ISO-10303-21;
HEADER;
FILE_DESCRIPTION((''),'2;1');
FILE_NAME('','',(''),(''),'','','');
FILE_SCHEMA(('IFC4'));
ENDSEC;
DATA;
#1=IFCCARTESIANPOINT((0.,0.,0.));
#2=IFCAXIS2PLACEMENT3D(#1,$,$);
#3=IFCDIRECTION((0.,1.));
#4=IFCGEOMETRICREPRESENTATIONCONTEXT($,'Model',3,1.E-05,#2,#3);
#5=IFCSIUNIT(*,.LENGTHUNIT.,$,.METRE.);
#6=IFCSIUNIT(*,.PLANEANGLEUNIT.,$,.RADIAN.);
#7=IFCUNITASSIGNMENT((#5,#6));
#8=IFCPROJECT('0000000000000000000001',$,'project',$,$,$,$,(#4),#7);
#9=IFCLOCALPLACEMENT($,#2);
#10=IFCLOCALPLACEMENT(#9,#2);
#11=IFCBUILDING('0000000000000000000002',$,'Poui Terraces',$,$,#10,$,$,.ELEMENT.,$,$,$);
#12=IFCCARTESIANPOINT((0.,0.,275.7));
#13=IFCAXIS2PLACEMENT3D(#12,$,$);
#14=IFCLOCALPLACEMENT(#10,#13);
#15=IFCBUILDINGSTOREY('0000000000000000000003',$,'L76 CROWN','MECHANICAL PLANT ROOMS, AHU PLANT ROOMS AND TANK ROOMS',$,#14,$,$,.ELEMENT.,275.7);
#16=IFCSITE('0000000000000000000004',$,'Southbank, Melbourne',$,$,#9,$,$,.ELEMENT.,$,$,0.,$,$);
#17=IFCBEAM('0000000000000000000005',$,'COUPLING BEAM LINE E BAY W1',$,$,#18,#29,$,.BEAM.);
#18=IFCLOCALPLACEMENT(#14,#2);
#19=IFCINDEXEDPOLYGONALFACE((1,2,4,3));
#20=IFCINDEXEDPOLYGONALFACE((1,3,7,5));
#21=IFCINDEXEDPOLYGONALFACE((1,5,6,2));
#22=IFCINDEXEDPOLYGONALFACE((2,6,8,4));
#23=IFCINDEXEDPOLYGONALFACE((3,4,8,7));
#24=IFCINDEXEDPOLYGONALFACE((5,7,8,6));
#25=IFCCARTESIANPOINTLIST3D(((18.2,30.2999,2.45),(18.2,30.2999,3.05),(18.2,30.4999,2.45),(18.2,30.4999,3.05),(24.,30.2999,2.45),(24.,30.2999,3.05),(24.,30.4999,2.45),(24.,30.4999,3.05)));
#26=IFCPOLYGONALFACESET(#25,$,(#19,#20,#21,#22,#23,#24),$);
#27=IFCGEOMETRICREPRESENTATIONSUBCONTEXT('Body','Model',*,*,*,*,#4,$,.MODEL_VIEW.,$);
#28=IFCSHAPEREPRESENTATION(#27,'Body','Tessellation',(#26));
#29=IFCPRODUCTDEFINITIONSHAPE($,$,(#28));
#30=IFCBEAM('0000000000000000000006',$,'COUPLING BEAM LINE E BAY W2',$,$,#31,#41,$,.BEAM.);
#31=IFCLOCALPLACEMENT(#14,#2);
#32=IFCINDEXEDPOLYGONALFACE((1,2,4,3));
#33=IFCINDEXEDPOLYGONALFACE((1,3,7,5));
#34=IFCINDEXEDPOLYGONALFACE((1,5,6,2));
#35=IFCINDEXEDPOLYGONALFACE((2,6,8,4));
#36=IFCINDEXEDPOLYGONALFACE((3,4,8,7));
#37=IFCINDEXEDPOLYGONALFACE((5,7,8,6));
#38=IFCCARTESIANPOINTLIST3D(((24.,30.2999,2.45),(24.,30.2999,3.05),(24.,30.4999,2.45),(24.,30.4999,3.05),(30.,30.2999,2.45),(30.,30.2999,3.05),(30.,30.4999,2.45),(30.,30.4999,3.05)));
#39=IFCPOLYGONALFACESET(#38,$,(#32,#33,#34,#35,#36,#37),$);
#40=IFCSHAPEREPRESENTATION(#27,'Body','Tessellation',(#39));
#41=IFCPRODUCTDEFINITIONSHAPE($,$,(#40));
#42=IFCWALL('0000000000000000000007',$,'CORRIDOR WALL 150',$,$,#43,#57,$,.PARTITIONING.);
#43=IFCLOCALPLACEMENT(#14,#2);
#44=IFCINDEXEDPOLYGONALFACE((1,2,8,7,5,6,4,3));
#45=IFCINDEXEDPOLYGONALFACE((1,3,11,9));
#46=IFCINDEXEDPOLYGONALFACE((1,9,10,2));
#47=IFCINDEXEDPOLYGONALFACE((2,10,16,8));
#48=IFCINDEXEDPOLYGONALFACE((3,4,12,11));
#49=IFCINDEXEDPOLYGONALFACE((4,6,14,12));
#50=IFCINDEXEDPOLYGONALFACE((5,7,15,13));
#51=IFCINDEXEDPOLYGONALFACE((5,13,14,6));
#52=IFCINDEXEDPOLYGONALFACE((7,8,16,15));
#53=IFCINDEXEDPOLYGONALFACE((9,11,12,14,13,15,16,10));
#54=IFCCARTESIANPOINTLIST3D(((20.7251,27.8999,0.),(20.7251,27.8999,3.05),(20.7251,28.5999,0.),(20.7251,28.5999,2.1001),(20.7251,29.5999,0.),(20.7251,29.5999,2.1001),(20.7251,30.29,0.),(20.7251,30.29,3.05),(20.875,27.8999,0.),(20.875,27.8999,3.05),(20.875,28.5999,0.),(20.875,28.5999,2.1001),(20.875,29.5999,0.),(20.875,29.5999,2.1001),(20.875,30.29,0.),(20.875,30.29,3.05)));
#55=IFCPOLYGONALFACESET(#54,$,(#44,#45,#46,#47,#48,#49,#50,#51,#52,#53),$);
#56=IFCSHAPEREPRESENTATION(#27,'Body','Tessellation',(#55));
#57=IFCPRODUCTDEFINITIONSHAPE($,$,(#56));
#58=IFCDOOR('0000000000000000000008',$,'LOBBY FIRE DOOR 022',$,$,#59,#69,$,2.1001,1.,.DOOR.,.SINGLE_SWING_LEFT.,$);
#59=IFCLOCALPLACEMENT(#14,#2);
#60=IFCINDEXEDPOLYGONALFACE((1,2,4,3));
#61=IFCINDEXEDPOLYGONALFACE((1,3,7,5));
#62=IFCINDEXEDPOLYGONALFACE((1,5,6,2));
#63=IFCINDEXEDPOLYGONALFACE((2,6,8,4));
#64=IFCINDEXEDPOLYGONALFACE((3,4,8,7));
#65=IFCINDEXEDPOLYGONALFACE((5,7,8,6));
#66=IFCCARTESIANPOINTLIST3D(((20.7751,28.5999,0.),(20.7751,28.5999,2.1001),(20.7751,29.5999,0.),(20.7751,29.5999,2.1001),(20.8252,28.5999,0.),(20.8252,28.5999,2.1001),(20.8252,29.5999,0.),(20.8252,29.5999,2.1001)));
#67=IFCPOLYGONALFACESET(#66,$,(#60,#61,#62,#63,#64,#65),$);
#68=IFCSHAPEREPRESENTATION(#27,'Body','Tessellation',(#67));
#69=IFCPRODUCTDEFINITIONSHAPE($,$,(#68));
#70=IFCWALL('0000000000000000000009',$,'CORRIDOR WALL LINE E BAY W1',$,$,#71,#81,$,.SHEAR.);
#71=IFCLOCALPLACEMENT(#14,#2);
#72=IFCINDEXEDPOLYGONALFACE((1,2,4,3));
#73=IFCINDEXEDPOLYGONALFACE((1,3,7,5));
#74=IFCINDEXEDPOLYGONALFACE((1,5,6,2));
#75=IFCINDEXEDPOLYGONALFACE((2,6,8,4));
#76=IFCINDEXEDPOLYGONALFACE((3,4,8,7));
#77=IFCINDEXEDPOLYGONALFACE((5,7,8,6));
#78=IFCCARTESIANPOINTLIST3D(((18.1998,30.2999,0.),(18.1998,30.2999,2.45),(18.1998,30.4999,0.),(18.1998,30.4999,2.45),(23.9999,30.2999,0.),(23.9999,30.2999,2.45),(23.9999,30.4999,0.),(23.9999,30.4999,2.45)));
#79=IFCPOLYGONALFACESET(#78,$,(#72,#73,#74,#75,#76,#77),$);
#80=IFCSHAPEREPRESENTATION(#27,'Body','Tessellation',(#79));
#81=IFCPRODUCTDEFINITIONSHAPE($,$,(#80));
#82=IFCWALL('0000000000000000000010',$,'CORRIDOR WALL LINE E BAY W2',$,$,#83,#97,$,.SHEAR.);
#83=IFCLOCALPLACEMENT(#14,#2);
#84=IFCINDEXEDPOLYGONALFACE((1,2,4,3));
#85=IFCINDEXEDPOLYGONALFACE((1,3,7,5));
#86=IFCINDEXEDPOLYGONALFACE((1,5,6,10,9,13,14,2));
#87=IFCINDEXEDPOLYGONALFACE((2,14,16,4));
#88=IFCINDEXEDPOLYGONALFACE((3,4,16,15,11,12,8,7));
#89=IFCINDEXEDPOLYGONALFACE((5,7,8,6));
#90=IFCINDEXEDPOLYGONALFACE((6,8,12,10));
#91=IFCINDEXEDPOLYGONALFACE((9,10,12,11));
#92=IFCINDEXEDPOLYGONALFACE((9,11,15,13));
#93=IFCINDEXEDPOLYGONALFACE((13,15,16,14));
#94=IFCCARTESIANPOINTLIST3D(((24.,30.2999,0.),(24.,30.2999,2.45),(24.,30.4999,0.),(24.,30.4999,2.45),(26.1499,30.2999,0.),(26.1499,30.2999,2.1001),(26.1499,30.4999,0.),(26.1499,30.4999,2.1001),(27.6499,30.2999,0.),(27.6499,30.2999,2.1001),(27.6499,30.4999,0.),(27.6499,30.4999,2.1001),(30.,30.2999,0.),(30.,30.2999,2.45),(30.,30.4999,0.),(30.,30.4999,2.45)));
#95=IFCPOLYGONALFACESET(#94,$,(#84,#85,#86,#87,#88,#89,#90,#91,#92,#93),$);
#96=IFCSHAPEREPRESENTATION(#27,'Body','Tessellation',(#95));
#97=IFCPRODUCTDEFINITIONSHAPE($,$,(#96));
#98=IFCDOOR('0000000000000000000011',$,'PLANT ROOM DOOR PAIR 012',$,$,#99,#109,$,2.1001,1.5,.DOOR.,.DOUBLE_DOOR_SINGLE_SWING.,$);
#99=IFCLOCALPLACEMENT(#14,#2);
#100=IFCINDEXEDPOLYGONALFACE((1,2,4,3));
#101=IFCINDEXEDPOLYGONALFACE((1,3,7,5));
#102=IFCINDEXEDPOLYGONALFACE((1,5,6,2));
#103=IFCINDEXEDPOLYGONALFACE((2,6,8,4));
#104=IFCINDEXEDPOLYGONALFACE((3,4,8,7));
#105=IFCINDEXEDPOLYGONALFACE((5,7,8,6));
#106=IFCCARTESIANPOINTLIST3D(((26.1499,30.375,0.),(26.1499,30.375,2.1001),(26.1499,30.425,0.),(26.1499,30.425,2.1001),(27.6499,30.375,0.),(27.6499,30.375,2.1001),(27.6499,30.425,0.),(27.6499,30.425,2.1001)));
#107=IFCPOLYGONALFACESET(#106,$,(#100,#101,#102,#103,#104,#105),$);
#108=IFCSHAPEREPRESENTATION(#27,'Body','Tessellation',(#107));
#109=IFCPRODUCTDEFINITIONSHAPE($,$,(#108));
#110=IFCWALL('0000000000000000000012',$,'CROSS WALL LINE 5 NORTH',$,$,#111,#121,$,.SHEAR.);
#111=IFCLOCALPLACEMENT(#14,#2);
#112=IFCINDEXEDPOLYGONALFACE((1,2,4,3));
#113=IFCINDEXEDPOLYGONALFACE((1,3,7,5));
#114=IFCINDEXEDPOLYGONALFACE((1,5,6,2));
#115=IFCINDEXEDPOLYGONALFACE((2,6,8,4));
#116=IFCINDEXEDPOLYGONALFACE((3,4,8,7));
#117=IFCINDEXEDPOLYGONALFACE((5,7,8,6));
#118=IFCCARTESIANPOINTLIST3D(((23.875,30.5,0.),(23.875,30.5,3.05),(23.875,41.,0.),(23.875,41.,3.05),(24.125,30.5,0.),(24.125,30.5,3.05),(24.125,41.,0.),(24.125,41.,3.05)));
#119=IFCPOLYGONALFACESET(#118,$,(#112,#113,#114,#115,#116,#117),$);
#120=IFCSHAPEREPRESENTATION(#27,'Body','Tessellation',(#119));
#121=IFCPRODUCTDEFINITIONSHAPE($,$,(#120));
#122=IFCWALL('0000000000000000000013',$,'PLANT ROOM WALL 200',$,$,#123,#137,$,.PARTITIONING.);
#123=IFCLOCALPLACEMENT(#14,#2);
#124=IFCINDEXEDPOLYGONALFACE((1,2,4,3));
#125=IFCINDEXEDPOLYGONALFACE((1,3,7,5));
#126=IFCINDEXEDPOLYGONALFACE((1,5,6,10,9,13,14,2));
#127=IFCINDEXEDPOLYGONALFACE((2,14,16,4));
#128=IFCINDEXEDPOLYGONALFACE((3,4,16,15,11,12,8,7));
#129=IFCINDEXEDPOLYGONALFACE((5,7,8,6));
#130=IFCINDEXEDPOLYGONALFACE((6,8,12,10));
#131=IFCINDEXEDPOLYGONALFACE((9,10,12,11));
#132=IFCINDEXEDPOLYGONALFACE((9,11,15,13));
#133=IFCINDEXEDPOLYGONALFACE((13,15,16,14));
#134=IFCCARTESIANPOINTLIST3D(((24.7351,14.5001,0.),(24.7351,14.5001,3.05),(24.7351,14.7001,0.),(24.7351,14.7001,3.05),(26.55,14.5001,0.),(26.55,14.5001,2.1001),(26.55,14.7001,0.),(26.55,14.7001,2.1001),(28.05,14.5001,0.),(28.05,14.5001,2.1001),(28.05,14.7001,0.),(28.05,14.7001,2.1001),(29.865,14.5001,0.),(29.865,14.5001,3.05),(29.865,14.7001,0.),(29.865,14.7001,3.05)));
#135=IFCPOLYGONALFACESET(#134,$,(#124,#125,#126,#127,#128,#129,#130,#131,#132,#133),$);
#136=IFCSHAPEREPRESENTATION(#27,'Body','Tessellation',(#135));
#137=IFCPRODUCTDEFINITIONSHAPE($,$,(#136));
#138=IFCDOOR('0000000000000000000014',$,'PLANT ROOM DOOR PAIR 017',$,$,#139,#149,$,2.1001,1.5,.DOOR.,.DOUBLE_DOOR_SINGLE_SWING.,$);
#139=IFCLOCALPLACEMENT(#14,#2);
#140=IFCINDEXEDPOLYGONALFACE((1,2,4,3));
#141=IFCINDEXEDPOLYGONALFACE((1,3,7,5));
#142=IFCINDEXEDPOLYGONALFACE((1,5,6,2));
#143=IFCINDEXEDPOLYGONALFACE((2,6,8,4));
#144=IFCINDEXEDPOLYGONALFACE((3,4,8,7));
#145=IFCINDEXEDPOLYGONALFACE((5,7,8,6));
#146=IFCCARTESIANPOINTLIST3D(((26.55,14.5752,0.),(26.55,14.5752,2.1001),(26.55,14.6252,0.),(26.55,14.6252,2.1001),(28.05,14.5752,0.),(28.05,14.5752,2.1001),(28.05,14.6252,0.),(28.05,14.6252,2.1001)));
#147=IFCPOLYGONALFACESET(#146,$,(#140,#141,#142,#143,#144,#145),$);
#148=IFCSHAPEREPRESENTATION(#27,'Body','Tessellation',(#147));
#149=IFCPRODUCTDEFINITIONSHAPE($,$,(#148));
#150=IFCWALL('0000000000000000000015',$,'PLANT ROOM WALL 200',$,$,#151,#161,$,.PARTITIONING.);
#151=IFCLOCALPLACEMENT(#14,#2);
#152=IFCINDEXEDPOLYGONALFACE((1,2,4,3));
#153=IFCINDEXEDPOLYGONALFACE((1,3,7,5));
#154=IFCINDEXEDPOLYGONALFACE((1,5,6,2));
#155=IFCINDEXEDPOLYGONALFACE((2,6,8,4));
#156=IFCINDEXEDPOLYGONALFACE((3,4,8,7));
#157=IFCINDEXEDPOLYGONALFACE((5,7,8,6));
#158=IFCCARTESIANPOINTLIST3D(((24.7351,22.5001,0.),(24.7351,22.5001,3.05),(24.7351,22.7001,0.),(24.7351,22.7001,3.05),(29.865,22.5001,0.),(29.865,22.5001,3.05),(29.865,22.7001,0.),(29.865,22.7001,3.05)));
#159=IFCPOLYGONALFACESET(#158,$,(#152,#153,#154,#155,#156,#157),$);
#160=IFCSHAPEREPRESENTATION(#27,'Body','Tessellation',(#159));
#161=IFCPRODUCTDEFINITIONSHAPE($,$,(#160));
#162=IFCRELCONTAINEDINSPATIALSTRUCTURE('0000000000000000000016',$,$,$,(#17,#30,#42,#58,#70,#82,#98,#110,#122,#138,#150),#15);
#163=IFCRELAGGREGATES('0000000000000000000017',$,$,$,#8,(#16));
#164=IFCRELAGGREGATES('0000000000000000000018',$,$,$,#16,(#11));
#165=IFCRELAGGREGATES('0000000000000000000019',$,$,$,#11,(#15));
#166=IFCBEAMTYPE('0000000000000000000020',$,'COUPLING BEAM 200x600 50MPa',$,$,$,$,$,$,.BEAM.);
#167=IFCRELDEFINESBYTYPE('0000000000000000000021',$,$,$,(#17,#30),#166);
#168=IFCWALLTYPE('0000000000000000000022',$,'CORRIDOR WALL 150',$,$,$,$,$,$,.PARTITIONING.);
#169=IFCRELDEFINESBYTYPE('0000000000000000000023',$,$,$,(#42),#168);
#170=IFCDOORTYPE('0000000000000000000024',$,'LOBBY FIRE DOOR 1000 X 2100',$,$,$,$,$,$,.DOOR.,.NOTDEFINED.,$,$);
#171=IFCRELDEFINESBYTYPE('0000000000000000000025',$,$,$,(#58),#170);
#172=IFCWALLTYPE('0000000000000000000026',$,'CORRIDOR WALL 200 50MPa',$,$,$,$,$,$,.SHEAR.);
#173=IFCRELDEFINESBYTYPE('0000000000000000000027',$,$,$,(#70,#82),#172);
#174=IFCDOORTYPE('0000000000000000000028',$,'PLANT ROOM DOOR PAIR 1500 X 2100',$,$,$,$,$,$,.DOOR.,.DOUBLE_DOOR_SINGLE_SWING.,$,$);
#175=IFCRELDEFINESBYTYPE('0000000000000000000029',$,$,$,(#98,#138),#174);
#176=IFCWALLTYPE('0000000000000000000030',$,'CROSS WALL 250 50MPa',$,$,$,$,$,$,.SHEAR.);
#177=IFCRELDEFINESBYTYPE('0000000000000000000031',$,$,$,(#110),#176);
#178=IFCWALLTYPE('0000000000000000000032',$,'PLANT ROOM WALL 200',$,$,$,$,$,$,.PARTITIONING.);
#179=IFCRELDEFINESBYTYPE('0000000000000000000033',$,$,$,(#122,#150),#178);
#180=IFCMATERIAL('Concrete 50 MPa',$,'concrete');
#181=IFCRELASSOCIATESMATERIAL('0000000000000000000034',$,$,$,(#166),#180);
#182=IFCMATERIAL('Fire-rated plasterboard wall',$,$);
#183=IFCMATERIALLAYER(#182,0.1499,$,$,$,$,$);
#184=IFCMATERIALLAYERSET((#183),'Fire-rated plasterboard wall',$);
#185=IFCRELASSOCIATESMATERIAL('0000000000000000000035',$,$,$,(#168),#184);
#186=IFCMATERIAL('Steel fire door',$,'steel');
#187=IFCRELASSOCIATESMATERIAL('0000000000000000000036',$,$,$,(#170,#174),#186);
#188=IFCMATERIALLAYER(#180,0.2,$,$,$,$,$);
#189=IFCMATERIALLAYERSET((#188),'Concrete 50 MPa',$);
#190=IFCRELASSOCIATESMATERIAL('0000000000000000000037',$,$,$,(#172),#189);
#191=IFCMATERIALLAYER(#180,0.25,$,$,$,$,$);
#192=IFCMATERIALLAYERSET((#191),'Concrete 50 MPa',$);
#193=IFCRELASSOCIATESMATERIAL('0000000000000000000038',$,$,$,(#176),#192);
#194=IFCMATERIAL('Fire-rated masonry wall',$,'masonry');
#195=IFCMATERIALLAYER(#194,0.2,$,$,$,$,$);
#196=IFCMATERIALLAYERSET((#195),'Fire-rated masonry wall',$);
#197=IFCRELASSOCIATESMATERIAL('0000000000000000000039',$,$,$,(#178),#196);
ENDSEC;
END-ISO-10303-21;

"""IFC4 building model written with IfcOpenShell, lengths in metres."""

from ifc_helpers import new_model, si_unit, direction, frame, frame_2d, origin, origin_2d, place, context, subcontext, project, spatial, rectangle, extrude, source, transform, mapped, material, layer, layer_set, material_profile, profile_set, type_object, element, fill, save


model = new_model("IFC4")

# Units and contexts
model_context = context("Model", 3, precision=1e-05, world=origin(), true_north=direction((0.0, 1.0)))
body_context = subcontext(model_context, "Body", "Model", "MODEL_VIEW")
ifc_project = project(units=[si_unit("LENGTHUNIT", "METRE"), si_unit("PLANEANGLEUNIT", "RADIAN")], contexts=[model_context])

# Site, building, storey
site_placement = place(None, origin())
site = spatial("IfcSite", under=ifc_project, at=site_placement, Name="Southbank, Melbourne", CompositionType="ELEMENT", RefElevation=0.0)
building_placement = place(site_placement, origin())
building = spatial("IfcBuilding", under=site, at=building_placement, Name="Poui Terraces", CompositionType="ELEMENT")
storey_placement = place(building_placement, frame((0.0, 0.0, 275.7)))
storey = spatial("IfcBuildingStorey", under=building, at=storey_placement, Name="L76 CROWN", Description="MECHANICAL PLANT ROOMS, AHU PLANT ROOMS AND TANK ROOMS", CompositionType="ELEMENT", Elevation=275.7)

# Beams
ifc_material_1 = material(Name="Concrete 50 MPa", Category="concrete")
ifc_material_profile_1 = material_profile(ifc_material_1, rectangle(XDim=0.2, YDim=0.6001, at=origin_2d()), Name="RC 200x600")
ifc_profile_set_1 = profile_set([ifc_material_profile_1], Name="Concrete 50 MPa")
beam_type = type_object("IfcBeamType", Name="COUPLING BEAM 200x600 50MPa", PredefinedType="BEAM", material=ifc_profile_set_1)
shared_shape_1 = source(origin(), body_context, "Body", "SweptSolid", [
    extrude(rectangle(XDim=0.2, YDim=0.6001, at=origin_2d()), origin(), (0.0, 0.0, 1.0), 5.8),
])
beam_1_placement = place(storey_placement, frame((18.2, 30.3999, 2.75), z_axis=(1.0, 0.0, 0.0), x_axis=(0.0, 1.0, 0.0)))
element("IfcBeam", 1, at=beam_1_placement, inside=storey, type_object=beam_type, Name="COUPLING BEAM LINE E BAY W1", PredefinedType="BEAM", context=body_context, shape_type="MappedRepresentation", body=[
    mapped(shared_shape_1, transform((0.0, 0.0, 0.0))),
])
shared_shape_2 = source(origin(), body_context, "Body", "SweptSolid", [
    extrude(rectangle(XDim=0.2, YDim=0.6001, at=origin_2d()), origin(), (0.0, 0.0, 1.0), 6.0),
])
beam_2_placement = place(storey_placement, frame((24.0, 30.3999, 2.75), z_axis=(1.0, 0.0, 0.0), x_axis=(0.0, 1.0, 0.0)))
element("IfcBeam", 2, at=beam_2_placement, inside=storey, type_object=beam_type, Name="COUPLING BEAM LINE E BAY W2", PredefinedType="BEAM", context=body_context, shape_type="MappedRepresentation", body=[
    mapped(shared_shape_2, transform((0.0, 0.0, 0.0))),
])

# Wall, opening, door
ifc_material_2 = material(Name="Fire-rated plasterboard wall")
ifc_layer_1 = layer(ifc_material_2, 0.1499)
ifc_layer_set_1 = layer_set([ifc_layer_1], Name="Fire-rated plasterboard wall")
wall_type_1 = type_object("IfcWallType", Name="CORRIDOR WALL 150", PredefinedType="PARTITIONING", material=ifc_layer_set_1)
wall_1_placement = place(storey_placement, frame((20.8, 27.8999, 0.0), z_axis=(0.0, 0.0, 1.0), x_axis=(0.0, 1.0, 0.0)))
wall_1 = element("IfcWall", 3, at=wall_1_placement, inside=storey, type_object=wall_type_1, Name="CORRIDOR WALL 150", PredefinedType="PARTITIONING", context=body_context, shape_type="SweptSolid", body=[
    extrude(rectangle(XDim=2.3901, YDim=0.1499, at=frame_2d((1.1951, 0.0))), origin(), (0.0, 0.0, 1.0), 3.05),
])
opening_1_placement = place(wall_1_placement, frame((0.7, 0.0, 0.0)))
opening_1 = element("IfcOpeningElement", 4, at=opening_1_placement, cuts=wall_1, PredefinedType="OPENING", context=body_context, shape_type="SweptSolid", body=[
    extrude(rectangle(XDim=1.0, YDim=2.1001, at=frame_2d((0.5, 1.05))), frame((0.0, 0.085, 0.0), z_axis=(0.0, -1.0, 0.0), x_axis=(1.0, 0.0, 0.0)), (0.0, 0.0, 1.0), 0.1699),
])
ifc_material_3 = material(Name="Steel fire door", Category="steel")
door_type_1 = type_object("IfcDoorType", Name="LOBBY FIRE DOOR 1000 X 2100", OperationType="NOTDEFINED", PredefinedType="DOOR", material=ifc_material_3)
door_1_placement = place(opening_1_placement, origin())
door_1 = element("IfcDoor", 5, at=door_1_placement, inside=storey, type_object=door_type_1, Name="LOBBY FIRE DOOR 022", OperationType="SINGLE_SWING_LEFT", OverallHeight=2.1001, OverallWidth=1.0, PredefinedType="DOOR", context=body_context, shape_type="SweptSolid", body=[
    extrude(rectangle(XDim=1.0, YDim=2.1001, at=frame_2d((0.5, 1.05))), frame((0.0, 0.0249, 0.0), z_axis=(0.0, -1.0, 0.0), x_axis=(1.0, 0.0, 0.0)), (0.0, 0.0, 1.0), 0.05),
])
fill(opening_1, door_1)

# Wall
ifc_layer_2 = layer(ifc_material_1, 0.2)
ifc_layer_set_2 = layer_set([ifc_layer_2], Name="Concrete 50 MPa")
wall_type_2 = type_object("IfcWallType", Name="CORRIDOR WALL 200 50MPa", PredefinedType="SHEAR", material=ifc_layer_set_2)
wall_2_placement = place(storey_placement, frame((18.2, 30.3999, 0.0), z_axis=(0.0, 0.0, 1.0), x_axis=(1.0, 0.0, 0.0)))
element("IfcWall", 6, at=wall_2_placement, inside=storey, type_object=wall_type_2, Name="CORRIDOR WALL LINE E BAY W1", PredefinedType="SHEAR", context=body_context, shape_type="SweptSolid", body=[
    extrude(rectangle(XDim=5.8, YDim=0.2, at=frame_2d((2.8999, 0.0))), origin(), (0.0, 0.0, 1.0), 2.45),
])

# Wall, opening, door
wall_3_placement = place(storey_placement, frame((24.0, 30.3999, 0.0), z_axis=(0.0, 0.0, 1.0), x_axis=(1.0, 0.0, 0.0)))
wall_3 = element("IfcWall", 7, at=wall_3_placement, inside=storey, type_object=wall_type_2, Name="CORRIDOR WALL LINE E BAY W2", PredefinedType="SHEAR", context=body_context, shape_type="SweptSolid", body=[
    extrude(rectangle(XDim=6.0, YDim=0.2, at=frame_2d((3.0, 0.0))), origin(), (0.0, 0.0, 1.0), 2.45),
])
opening_2_placement = place(wall_3_placement, frame((2.1499, 0.0, 0.0)))
opening_2 = element("IfcOpeningElement", 8, at=opening_2_placement, cuts=wall_3, PredefinedType="OPENING", context=body_context, shape_type="SweptSolid", body=[
    extrude(rectangle(XDim=1.5, YDim=2.1001, at=frame_2d((0.75, 1.05))), frame((0.0, 0.1099, 0.0), z_axis=(0.0, -1.0, 0.0), x_axis=(1.0, 0.0, 0.0)), (0.0, 0.0, 1.0), 0.22),
])
door_type_2 = type_object("IfcDoorType", Name="PLANT ROOM DOOR PAIR 1500 X 2100", OperationType="DOUBLE_DOOR_SINGLE_SWING", PredefinedType="DOOR", material=ifc_material_3)
door_2_placement = place(opening_2_placement, frame((1.5, 0.0, 0.0), z_axis=(0.0, 0.0, 1.0), x_axis=(-1.0, 0.0, 0.0)))
door_2 = element("IfcDoor", 9, at=door_2_placement, inside=storey, type_object=door_type_2, Name="PLANT ROOM DOOR PAIR 012", OperationType="DOUBLE_DOOR_SINGLE_SWING", OverallHeight=2.1001, OverallWidth=1.5, PredefinedType="DOOR", context=body_context, shape_type="SweptSolid", body=[
    extrude(rectangle(XDim=1.5, YDim=2.1001, at=frame_2d((0.75, 1.05))), frame((0.0, 0.0249, 0.0), z_axis=(0.0, -1.0, 0.0), x_axis=(1.0, 0.0, 0.0)), (0.0, 0.0, 1.0), 0.05),
])
fill(opening_2, door_2)

# Wall
ifc_layer_3 = layer(ifc_material_1, 0.25)
ifc_layer_set_3 = layer_set([ifc_layer_3], Name="Concrete 50 MPa")
wall_type_3 = type_object("IfcWallType", Name="CROSS WALL 250 50MPa", PredefinedType="SHEAR", material=ifc_layer_set_3)
wall_4_placement = place(storey_placement, frame((24.0, 30.5, 0.0), z_axis=(0.0, 0.0, 1.0), x_axis=(0.0, 1.0, 0.0)))
element("IfcWall", 10, at=wall_4_placement, inside=storey, type_object=wall_type_3, Name="CROSS WALL LINE 5 NORTH", PredefinedType="SHEAR", context=body_context, shape_type="SweptSolid", body=[
    extrude(rectangle(XDim=10.5, YDim=0.25, at=frame_2d((5.25, 0.0))), origin(), (0.0, 0.0, 1.0), 3.05),
])

# Wall, opening, door
ifc_material_4 = material(Name="Fire-rated masonry wall", Category="masonry")
ifc_layer_4 = layer(ifc_material_4, 0.2)
ifc_layer_set_4 = layer_set([ifc_layer_4], Name="Fire-rated masonry wall")
wall_type_4 = type_object("IfcWallType", Name="PLANT ROOM WALL 200", PredefinedType="PARTITIONING", material=ifc_layer_set_4)
wall_5_placement = place(storey_placement, frame((24.7351, 14.6001, 0.0), z_axis=(0.0, 0.0, 1.0), x_axis=(1.0, 0.0, 0.0)))
wall_5 = element("IfcWall", 11, at=wall_5_placement, inside=storey, type_object=wall_type_4, Name="PLANT ROOM WALL 200", PredefinedType="PARTITIONING", context=body_context, shape_type="SweptSolid", body=[
    extrude(rectangle(XDim=5.1299, YDim=0.2, at=frame_2d((2.5649, 0.0))), origin(), (0.0, 0.0, 1.0), 3.05),
])
opening_3_placement = place(wall_5_placement, frame((1.8149, 0.0, 0.0)))
opening_3 = element("IfcOpeningElement", 12, at=opening_3_placement, cuts=wall_5, PredefinedType="OPENING", context=body_context, shape_type="SweptSolid", body=[
    extrude(rectangle(XDim=1.5, YDim=2.1001, at=frame_2d((0.75, 1.05))), frame((0.0, 0.1099, 0.0), z_axis=(0.0, -1.0, 0.0), x_axis=(1.0, 0.0, 0.0)), (0.0, 0.0, 1.0), 0.22),
])
door_3_placement = place(opening_3_placement, frame((1.5, 0.0, 0.0), z_axis=(0.0, 0.0, 1.0), x_axis=(-1.0, 0.0, 0.0)))
door_3 = element("IfcDoor", 13, at=door_3_placement, inside=storey, type_object=door_type_2, Name="PLANT ROOM DOOR PAIR 017", OperationType="DOUBLE_DOOR_SINGLE_SWING", OverallHeight=2.1001, OverallWidth=1.5, PredefinedType="DOOR", context=body_context, shape_type="SweptSolid", body=[
    extrude(rectangle(XDim=1.5, YDim=2.1001, at=frame_2d((0.75, 1.05))), frame((0.0, 0.0249, 0.0), z_axis=(0.0, -1.0, 0.0), x_axis=(1.0, 0.0, 0.0)), (0.0, 0.0, 1.0), 0.05),
])
fill(opening_3, door_3)

# Wall
wall_6_placement = place(storey_placement, frame((24.7351, 22.6001, 0.0), z_axis=(0.0, 0.0, 1.0), x_axis=(1.0, 0.0, 0.0)))
element("IfcWall", 14, at=wall_6_placement, inside=storey, type_object=wall_type_4, Name="PLANT ROOM WALL 200", PredefinedType="PARTITIONING", context=body_context, shape_type="SweptSolid", body=[
    extrude(rectangle(XDim=5.1299, YDim=0.2, at=frame_2d((2.5649, 0.0))), origin(), (0.0, 0.0, 1.0), 3.05),
])

save(model, "model.ifc")
